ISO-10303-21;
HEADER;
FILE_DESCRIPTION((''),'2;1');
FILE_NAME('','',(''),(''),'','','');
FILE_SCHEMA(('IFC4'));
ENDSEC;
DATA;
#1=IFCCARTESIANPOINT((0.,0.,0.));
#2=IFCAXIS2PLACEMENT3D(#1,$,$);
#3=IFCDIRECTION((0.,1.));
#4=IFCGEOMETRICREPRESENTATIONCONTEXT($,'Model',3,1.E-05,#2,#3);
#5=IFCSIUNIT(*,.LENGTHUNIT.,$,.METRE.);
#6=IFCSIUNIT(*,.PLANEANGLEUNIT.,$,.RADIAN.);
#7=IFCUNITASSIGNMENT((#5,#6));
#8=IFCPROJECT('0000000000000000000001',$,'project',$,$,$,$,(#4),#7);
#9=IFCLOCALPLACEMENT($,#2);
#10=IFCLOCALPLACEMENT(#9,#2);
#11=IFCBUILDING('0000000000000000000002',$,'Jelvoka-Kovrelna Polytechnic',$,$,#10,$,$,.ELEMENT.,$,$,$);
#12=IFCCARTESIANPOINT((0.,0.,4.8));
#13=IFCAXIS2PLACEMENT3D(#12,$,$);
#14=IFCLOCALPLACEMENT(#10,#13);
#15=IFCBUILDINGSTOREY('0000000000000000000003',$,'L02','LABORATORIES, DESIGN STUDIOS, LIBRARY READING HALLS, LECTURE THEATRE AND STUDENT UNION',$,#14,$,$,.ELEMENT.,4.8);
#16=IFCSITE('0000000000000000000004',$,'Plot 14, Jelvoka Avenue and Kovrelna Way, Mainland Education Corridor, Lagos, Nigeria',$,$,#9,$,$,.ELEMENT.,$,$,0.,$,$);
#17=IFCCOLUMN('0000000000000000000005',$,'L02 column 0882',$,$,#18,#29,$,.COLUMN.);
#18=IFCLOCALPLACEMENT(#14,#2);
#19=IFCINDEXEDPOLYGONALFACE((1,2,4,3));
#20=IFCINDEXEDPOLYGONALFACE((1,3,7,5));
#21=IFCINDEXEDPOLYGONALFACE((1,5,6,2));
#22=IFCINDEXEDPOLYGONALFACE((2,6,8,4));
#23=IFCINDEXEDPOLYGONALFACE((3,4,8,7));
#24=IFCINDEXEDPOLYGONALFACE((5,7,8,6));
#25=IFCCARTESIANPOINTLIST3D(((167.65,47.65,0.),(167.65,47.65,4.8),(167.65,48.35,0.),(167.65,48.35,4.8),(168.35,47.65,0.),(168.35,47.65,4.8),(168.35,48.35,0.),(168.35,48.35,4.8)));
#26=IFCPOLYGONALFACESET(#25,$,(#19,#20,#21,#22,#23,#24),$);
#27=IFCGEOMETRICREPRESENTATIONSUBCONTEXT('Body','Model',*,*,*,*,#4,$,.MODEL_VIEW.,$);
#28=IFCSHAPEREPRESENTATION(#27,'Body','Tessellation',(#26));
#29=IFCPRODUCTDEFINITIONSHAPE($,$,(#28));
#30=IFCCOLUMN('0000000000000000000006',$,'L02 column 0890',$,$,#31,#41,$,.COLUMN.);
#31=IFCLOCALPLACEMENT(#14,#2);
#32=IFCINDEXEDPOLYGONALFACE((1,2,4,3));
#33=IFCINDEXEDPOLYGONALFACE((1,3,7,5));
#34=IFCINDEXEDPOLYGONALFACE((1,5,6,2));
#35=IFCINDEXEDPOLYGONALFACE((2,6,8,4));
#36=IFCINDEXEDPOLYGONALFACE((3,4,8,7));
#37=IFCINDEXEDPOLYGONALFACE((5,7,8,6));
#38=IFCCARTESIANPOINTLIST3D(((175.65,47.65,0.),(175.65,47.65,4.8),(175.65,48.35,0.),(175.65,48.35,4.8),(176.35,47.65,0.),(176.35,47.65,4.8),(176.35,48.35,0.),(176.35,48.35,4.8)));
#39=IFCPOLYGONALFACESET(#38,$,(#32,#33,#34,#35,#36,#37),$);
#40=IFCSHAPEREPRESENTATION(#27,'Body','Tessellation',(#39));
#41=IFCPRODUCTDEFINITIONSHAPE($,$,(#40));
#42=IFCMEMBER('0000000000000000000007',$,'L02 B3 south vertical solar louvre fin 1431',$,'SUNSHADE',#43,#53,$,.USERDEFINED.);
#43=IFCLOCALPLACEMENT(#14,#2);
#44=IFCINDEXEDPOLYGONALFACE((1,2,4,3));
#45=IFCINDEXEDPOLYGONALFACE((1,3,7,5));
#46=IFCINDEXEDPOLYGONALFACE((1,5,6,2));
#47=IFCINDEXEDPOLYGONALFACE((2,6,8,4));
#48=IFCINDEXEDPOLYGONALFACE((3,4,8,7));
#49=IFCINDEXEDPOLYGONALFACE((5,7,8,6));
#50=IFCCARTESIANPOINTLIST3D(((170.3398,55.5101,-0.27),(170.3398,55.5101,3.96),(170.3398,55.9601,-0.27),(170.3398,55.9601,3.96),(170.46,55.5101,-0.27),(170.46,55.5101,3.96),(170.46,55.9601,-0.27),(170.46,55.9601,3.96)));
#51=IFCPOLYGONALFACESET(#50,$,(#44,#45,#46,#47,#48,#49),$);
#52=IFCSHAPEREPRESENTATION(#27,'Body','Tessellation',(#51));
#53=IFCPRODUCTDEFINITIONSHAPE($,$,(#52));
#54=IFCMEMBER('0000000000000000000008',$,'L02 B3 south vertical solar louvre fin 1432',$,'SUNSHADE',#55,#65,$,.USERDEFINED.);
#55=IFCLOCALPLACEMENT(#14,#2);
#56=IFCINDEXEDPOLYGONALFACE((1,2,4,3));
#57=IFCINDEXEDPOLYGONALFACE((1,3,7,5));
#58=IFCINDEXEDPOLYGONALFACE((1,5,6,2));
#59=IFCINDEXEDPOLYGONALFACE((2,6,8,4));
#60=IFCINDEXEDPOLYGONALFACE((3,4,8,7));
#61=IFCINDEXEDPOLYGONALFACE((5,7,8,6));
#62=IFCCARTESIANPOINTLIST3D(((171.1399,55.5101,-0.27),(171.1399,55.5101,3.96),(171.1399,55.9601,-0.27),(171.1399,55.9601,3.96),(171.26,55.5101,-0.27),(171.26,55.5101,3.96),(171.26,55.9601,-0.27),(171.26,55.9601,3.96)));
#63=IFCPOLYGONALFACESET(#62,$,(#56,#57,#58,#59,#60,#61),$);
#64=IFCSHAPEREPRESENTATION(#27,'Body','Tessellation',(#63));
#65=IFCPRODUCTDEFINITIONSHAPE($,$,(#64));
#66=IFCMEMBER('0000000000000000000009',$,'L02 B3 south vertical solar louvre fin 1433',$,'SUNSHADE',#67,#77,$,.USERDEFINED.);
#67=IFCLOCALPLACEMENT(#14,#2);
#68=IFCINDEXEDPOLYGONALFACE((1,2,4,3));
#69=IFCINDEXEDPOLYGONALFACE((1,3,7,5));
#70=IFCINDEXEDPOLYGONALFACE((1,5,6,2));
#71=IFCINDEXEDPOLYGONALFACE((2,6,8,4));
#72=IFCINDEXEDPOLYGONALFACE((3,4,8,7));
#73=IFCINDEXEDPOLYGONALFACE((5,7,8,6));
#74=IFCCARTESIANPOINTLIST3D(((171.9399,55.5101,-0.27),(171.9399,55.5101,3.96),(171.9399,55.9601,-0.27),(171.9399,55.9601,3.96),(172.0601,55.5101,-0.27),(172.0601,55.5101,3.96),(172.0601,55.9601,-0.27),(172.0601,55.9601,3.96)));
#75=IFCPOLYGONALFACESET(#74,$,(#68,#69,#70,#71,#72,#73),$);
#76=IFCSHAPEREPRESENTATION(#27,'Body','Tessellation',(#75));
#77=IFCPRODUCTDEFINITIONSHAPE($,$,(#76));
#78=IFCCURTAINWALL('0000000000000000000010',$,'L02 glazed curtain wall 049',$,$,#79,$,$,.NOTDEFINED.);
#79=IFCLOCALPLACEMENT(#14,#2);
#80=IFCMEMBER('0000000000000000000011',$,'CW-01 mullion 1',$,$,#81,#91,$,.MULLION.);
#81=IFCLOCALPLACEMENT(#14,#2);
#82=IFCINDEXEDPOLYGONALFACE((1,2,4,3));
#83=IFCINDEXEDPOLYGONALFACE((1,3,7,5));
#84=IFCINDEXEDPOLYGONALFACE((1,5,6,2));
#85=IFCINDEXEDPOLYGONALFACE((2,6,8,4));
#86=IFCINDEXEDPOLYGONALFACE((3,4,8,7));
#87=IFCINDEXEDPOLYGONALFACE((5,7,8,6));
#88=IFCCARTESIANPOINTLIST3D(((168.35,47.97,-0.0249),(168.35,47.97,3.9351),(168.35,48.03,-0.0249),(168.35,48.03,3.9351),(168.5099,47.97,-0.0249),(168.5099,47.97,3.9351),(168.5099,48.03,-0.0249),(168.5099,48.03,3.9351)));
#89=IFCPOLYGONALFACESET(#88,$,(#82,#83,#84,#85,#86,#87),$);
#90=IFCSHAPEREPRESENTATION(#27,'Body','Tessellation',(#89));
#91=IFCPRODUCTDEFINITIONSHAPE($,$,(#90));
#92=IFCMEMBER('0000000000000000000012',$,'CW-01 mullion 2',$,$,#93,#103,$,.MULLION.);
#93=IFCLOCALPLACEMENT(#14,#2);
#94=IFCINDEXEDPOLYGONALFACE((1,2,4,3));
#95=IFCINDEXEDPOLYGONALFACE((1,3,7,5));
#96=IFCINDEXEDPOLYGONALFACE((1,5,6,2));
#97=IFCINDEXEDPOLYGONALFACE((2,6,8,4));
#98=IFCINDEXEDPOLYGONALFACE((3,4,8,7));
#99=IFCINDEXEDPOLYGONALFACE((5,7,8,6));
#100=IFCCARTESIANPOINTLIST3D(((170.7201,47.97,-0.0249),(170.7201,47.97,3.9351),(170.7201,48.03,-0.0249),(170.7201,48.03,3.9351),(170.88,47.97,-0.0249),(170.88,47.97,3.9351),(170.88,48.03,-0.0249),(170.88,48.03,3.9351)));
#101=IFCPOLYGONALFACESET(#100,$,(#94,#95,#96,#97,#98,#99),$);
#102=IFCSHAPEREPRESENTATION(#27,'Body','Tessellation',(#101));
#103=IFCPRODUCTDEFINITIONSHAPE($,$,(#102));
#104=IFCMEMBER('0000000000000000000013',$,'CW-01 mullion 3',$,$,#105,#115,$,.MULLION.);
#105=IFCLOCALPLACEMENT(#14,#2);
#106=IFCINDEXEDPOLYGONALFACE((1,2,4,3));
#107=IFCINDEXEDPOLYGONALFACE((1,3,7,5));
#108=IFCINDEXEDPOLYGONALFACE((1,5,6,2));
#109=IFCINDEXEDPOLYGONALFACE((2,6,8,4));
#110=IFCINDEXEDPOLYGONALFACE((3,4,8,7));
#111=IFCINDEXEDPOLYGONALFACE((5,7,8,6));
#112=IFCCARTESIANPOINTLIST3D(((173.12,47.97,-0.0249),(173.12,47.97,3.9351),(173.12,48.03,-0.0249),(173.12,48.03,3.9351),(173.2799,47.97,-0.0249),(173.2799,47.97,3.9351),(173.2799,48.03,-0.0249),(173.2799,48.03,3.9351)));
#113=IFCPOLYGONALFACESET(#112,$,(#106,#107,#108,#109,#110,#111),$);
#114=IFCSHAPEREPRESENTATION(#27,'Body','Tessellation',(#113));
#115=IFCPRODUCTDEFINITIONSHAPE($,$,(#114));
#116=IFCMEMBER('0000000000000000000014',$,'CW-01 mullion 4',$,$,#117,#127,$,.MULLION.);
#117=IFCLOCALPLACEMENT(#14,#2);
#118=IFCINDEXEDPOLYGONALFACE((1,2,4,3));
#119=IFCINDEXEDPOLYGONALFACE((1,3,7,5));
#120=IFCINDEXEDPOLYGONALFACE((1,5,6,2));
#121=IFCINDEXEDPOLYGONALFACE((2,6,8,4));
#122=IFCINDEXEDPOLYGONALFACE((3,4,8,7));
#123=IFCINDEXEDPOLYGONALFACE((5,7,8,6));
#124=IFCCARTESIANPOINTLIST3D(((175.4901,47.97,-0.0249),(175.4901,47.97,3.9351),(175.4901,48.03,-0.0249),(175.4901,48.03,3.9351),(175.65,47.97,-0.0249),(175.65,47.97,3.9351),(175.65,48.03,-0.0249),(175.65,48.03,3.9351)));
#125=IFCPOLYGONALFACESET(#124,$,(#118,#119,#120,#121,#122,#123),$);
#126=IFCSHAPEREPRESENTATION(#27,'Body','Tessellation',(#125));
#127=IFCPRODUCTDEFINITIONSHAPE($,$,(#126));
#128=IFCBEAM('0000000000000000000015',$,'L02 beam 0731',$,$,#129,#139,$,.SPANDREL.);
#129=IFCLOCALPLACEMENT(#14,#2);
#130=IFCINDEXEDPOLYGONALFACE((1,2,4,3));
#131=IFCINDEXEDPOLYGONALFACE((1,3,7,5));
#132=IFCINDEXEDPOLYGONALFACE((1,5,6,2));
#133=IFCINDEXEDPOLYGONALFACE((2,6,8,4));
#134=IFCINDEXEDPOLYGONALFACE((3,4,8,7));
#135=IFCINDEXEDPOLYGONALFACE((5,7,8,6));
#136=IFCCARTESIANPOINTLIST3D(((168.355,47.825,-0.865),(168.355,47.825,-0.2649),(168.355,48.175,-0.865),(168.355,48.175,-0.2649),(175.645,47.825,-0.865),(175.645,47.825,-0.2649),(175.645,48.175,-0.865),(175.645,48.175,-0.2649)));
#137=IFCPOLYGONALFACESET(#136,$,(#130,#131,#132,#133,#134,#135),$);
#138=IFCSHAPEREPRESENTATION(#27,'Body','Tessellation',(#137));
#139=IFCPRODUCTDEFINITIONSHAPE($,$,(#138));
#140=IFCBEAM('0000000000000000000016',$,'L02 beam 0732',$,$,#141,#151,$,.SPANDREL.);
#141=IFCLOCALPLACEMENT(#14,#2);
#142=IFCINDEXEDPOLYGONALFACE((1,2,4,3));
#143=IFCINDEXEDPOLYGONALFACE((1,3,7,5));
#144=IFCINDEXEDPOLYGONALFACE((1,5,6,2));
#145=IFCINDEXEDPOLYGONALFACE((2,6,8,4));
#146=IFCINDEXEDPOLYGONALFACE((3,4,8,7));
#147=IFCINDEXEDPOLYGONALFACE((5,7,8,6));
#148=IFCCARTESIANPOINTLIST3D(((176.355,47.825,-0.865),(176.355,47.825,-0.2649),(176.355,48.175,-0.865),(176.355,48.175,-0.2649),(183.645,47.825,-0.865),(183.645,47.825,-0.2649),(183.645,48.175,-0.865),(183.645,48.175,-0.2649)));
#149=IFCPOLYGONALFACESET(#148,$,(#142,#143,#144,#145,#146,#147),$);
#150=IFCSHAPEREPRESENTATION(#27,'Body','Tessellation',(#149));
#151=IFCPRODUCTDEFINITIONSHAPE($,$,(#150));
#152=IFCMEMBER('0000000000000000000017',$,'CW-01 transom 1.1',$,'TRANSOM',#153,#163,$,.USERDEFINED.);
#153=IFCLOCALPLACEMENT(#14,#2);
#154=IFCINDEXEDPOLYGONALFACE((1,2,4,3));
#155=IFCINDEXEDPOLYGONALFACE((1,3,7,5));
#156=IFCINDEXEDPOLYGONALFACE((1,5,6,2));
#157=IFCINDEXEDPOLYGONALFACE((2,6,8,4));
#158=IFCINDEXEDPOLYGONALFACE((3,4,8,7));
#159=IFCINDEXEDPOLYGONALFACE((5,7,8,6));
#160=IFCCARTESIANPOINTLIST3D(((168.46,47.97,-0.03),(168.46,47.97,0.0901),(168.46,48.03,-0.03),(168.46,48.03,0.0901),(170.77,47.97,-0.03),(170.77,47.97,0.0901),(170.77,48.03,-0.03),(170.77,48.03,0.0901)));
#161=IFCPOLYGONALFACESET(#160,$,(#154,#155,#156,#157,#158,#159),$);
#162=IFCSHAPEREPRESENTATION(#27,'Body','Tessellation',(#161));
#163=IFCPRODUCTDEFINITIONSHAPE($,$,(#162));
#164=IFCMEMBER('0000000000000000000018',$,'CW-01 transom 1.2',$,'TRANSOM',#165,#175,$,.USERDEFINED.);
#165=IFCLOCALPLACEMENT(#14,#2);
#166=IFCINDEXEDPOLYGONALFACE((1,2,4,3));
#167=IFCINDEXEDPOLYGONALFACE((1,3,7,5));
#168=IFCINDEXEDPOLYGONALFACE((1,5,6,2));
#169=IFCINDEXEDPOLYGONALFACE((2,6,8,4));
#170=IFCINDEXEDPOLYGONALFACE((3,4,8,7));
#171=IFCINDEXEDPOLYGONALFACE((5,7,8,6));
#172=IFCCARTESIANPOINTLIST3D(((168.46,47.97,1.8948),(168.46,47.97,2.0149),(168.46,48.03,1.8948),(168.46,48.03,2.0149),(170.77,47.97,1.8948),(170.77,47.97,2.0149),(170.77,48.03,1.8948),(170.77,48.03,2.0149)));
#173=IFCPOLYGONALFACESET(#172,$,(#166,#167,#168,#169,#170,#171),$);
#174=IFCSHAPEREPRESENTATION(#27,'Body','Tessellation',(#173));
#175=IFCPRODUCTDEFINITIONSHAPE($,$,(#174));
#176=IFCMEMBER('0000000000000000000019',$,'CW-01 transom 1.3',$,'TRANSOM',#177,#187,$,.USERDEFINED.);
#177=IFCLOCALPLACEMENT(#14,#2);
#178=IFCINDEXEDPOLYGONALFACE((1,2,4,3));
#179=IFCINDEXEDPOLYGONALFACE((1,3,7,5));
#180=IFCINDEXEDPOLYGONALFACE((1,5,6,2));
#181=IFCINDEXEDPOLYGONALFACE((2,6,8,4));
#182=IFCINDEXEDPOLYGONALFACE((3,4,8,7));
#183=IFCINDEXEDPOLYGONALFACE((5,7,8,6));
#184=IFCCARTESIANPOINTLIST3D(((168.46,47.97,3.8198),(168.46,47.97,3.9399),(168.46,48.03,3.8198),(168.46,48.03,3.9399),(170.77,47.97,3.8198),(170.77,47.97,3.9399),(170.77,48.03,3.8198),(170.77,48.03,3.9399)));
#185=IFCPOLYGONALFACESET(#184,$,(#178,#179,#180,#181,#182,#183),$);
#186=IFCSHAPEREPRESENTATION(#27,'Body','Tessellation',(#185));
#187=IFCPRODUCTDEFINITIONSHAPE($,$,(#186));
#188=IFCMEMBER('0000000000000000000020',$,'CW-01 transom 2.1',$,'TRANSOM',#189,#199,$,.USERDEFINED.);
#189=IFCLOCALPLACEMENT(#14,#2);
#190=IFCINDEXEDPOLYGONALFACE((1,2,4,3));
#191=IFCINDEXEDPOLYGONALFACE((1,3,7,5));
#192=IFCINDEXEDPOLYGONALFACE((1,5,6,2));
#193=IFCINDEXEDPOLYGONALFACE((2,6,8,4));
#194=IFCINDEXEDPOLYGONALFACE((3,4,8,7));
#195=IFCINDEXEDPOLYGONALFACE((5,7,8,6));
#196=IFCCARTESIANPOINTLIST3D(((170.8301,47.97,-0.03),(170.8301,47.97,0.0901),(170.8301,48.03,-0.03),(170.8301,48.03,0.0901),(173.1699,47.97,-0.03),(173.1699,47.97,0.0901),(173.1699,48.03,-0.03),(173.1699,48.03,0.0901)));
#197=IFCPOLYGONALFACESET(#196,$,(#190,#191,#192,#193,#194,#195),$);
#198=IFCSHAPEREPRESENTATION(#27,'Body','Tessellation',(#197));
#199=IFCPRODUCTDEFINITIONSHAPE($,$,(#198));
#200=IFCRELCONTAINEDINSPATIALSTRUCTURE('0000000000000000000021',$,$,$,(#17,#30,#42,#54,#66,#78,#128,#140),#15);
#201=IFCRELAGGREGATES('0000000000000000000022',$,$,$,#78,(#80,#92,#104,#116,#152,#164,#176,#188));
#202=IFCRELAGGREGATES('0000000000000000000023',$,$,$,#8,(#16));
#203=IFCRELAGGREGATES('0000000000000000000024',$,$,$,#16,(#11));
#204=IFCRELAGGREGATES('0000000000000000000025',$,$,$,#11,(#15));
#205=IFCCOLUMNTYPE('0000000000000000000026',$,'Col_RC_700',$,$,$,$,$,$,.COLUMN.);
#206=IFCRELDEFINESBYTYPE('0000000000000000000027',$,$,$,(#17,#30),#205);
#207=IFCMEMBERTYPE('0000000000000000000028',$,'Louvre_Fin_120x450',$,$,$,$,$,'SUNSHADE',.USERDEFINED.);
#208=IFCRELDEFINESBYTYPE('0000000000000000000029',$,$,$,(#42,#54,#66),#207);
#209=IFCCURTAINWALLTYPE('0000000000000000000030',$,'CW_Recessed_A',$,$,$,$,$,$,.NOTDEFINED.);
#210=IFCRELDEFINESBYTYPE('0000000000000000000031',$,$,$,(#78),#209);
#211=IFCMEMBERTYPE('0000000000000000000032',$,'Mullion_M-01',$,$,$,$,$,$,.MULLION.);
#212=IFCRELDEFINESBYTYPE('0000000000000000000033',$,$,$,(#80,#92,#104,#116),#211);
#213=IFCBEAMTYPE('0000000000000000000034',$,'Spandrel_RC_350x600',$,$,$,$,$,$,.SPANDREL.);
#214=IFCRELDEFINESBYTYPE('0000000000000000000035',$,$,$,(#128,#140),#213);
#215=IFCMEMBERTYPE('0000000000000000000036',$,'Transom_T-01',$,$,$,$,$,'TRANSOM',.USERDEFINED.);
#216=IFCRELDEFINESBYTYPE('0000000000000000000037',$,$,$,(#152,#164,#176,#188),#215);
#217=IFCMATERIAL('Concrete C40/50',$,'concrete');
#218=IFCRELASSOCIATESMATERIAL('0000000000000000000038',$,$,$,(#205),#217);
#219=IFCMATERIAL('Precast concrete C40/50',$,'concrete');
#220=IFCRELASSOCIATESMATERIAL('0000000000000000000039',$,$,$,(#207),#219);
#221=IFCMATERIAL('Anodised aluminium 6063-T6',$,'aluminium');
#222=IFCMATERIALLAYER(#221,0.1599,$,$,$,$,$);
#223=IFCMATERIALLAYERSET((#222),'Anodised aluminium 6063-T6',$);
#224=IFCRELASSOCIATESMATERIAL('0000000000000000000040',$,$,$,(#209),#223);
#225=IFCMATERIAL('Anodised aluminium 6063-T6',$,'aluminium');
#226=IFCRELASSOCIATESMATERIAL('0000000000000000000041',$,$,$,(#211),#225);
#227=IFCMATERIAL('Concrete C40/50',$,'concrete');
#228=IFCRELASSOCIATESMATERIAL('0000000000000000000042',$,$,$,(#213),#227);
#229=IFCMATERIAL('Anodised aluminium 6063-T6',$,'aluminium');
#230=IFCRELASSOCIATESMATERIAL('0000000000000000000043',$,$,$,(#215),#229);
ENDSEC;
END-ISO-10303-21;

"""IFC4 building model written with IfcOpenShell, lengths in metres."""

from ifc_helpers import new_model, si_unit, direction, frame, origin, origin_2d, place, context, subcontext, project, spatial, rectangle, extrude, material, layer, layer_set, material_profile, profile_set, type_object, element, aggregate, save


model = new_model("IFC4")

# Units and contexts
model_context = context("Model", 3, precision=1e-05, world=origin(), true_north=direction((0.0, 1.0)))
body_context = subcontext(model_context, "Body", "Model", "MODEL_VIEW")
ifc_project = project(units=[si_unit("LENGTHUNIT", "METRE"), si_unit("PLANEANGLEUNIT", "RADIAN")], contexts=[model_context])

# Site, building, storey
site_placement = place(None, origin())
site = spatial("IfcSite", under=ifc_project, at=site_placement, Name="Plot 14, Jelvoka Avenue and Kovrelna Way, Mainland Education Corridor, Lagos, Nigeria", CompositionType="ELEMENT", RefElevation=0.0)
building_placement = place(site_placement, origin())
building = spatial("IfcBuilding", under=site, at=building_placement, Name="Jelvoka-Kovrelna Polytechnic", CompositionType="ELEMENT")
storey_placement = place(building_placement, frame((0.0, 0.0, 4.8)))
storey = spatial("IfcBuildingStorey", under=building, at=storey_placement, Name="L02", Description="LABORATORIES, DESIGN STUDIOS, LIBRARY READING HALLS, LECTURE THEATRE AND STUDENT UNION", CompositionType="ELEMENT", Elevation=4.8)

# Columns
ifc_material_1 = material(Name="Concrete C40/50", Category="concrete")
ifc_material_profile_1 = material_profile(ifc_material_1, rectangle(XDim=0.7, YDim=0.7, at=origin_2d()), Name="RC 700x700")
ifc_profile_set_1 = profile_set([ifc_material_profile_1], Name="Concrete C40/50")
column_type = type_object("IfcColumnType", Name="Col_RC_700", PredefinedType="COLUMN", material=ifc_profile_set_1)
for number, where, z_axis, x_axis, name in (
    (1, (168.0, 48.0, 0.0), (0.0, 0.0, 1.0), (1.0, 0.0, 0.0), "L02 column 0882"),
    (2, (176.0, 48.0, 0.0), (0.0, 0.0, 1.0), (1.0, 0.0, 0.0), "L02 column 0890"),
):
    element("IfcColumn", number, at=place(storey_placement, frame(where, z_axis=z_axis, x_axis=x_axis)), inside=storey, type_object=column_type, Name=name, PredefinedType="COLUMN", context=body_context, shape_type="SweptSolid", body=[
        extrude(rectangle(XDim=0.7, YDim=0.7, at=origin_2d()), origin(), (0.0, 0.0, 1.0), 4.8),
    ])

# Members
ifc_material_2 = material(Name="Precast concrete C40/50", Category="concrete")
ifc_material_profile_2 = material_profile(ifc_material_2, rectangle(XDim=0.1201, YDim=0.45, at=origin_2d()), Name="PC 120x450")
ifc_profile_set_2 = profile_set([ifc_material_profile_2], Name="Precast concrete C40/50")
member_type_1 = type_object("IfcMemberType", Name="Louvre_Fin_120x450", ElementType="SUNSHADE", PredefinedType="USERDEFINED", material=ifc_profile_set_2)
for number, where, z_axis, x_axis, name in (
    (3, (170.3999, 55.7351, -0.27), (0.0, 0.0, 1.0), (1.0, 0.0, 0.0), "L02 B3 south vertical solar louvre fin 1431"),
    (4, (171.2, 55.7351, -0.27), (0.0, 0.0, 1.0), (1.0, 0.0, 0.0), "L02 B3 south vertical solar louvre fin 1432"),
    (5, (172.0, 55.7351, -0.27), (0.0, 0.0, 1.0), (1.0, 0.0, 0.0), "L02 B3 south vertical solar louvre fin 1433"),
):
    element("IfcMember", number, at=place(storey_placement, frame(where, z_axis=z_axis, x_axis=x_axis)), inside=storey, type_object=member_type_1, Name=name, ObjectType="SUNSHADE", PredefinedType="USERDEFINED", context=body_context, shape_type="SweptSolid", body=[
        extrude(rectangle(XDim=0.1201, YDim=0.45, at=origin_2d()), origin(), (0.0, 0.0, 1.0), 4.23),
    ])

# Curtain wall, members
ifc_material_3 = material(Name="Anodised aluminium 6063-T6", Category="aluminium")
ifc_layer_1 = layer(ifc_material_3, 0.1599)
ifc_layer_set_1 = layer_set([ifc_layer_1], Name="Anodised aluminium 6063-T6")
curtain_wall_type = type_object("IfcCurtainWallType", Name="CW_Recessed_A", PredefinedType="NOTDEFINED", material=ifc_layer_set_1)
curtain_wall_placement = place(storey_placement, origin())
curtain_wall = element("IfcCurtainWall", 6, at=curtain_wall_placement, inside=storey, type_object=curtain_wall_type, Name="L02 glazed curtain wall 049", PredefinedType="NOTDEFINED")
ifc_material_4 = material(Name="Anodised aluminium 6063-T6", Category="aluminium")
ifc_material_profile_3 = material_profile(ifc_material_4, rectangle(XDim=0.0601, YDim=0.1599, at=origin_2d()), Name="ALU 60x160")
ifc_profile_set_3 = profile_set([ifc_material_profile_3], Name="Anodised aluminium 6063-T6")
member_type_2 = type_object("IfcMemberType", Name="Mullion_M-01", PredefinedType="MULLION", material=ifc_profile_set_3)
member_1_placement = place(storey_placement, frame((168.4299, 48.0, -0.0249), z_axis=(0.0, 0.0, 1.0), x_axis=(0.0, 1.0, 0.0)))
member_1 = element("IfcMember", 7, at=member_1_placement, type_object=member_type_2, Name="CW-01 mullion 1", PredefinedType="MULLION", context=body_context, shape_type="SweptSolid", body=[
    extrude(rectangle(XDim=0.0601, YDim=0.1599, at=origin_2d()), origin(), (0.0, 0.0, 1.0), 3.96),
])
member_2_placement = place(storey_placement, frame((170.8, 48.0, -0.0249), z_axis=(0.0, 0.0, 1.0), x_axis=(0.0, 1.0, 0.0)))
member_2 = element("IfcMember", 8, at=member_2_placement, type_object=member_type_2, Name="CW-01 mullion 2", PredefinedType="MULLION", context=body_context, shape_type="SweptSolid", body=[
    extrude(rectangle(XDim=0.0601, YDim=0.1599, at=origin_2d()), origin(), (0.0, 0.0, 1.0), 3.96),
])
member_3_placement = place(storey_placement, frame((173.2, 48.0, -0.0249), z_axis=(0.0, 0.0, 1.0), x_axis=(0.0, 1.0, 0.0)))
member_3 = element("IfcMember", 9, at=member_3_placement, type_object=member_type_2, Name="CW-01 mullion 3", PredefinedType="MULLION", context=body_context, shape_type="SweptSolid", body=[
    extrude(rectangle(XDim=0.0601, YDim=0.1599, at=origin_2d()), origin(), (0.0, 0.0, 1.0), 3.96),
])
member_4_placement = place(storey_placement, frame((175.5701, 48.0, -0.0249), z_axis=(0.0, 0.0, 1.0), x_axis=(0.0, 1.0, 0.0)))
member_4 = element("IfcMember", 10, at=member_4_placement, type_object=member_type_2, Name="CW-01 mullion 4", PredefinedType="MULLION", context=body_context, shape_type="SweptSolid", body=[
    extrude(rectangle(XDim=0.0601, YDim=0.1599, at=origin_2d()), origin(), (0.0, 0.0, 1.0), 3.96),
])

# Beams
ifc_material_5 = material(Name="Concrete C40/50", Category="concrete")
ifc_material_profile_4 = material_profile(ifc_material_5, rectangle(XDim=0.3501, YDim=0.6001, at=origin_2d()), Name="RC 350x600")
ifc_profile_set_4 = profile_set([ifc_material_profile_4], Name="Concrete C40/50")
beam_type = type_object("IfcBeamType", Name="Spandrel_RC_350x600", PredefinedType="SPANDREL", material=ifc_profile_set_4)
for number, where, z_axis, x_axis, name in (
    (11, (168.355, 48.0, -0.5649), (1.0, 0.0, 0.0), (0.0, 1.0, 0.0), "L02 beam 0731"),
    (12, (176.355, 48.0, -0.5649), (1.0, 0.0, 0.0), (0.0, 1.0, 0.0), "L02 beam 0732"),
):
    element("IfcBeam", number, at=place(storey_placement, frame(where, z_axis=z_axis, x_axis=x_axis)), inside=storey, type_object=beam_type, Name=name, PredefinedType="SPANDREL", context=body_context, shape_type="SweptSolid", body=[
        extrude(rectangle(XDim=0.3501, YDim=0.6001, at=origin_2d()), origin(), (0.0, 0.0, 1.0), 7.29),
    ])

# Members
ifc_material_6 = material(Name="Anodised aluminium 6063-T6", Category="aluminium")
ifc_material_profile_5 = material_profile(ifc_material_6, rectangle(XDim=0.0601, YDim=0.1201, at=origin_2d()), Name="ALU 60x120")
ifc_profile_set_5 = profile_set([ifc_material_profile_5], Name="Anodised aluminium 6063-T6")
member_type_3 = type_object("IfcMemberType", Name="Transom_T-01", ElementType="TRANSOM", PredefinedType="USERDEFINED", material=ifc_profile_set_5)
member_5_placement = place(storey_placement, frame((168.46, 48.0, 0.03), z_axis=(1.0, 0.0, 0.0), x_axis=(0.0, 1.0, 0.0)))
member_5 = element("IfcMember", 13, at=member_5_placement, type_object=member_type_3, Name="CW-01 transom 1.1", ObjectType="TRANSOM", PredefinedType="USERDEFINED", context=body_context, shape_type="SweptSolid", body=[
    extrude(rectangle(XDim=0.0601, YDim=0.1201, at=origin_2d()), origin(), (0.0, 0.0, 1.0), 2.3101),
])
member_6_placement = place(storey_placement, frame((168.46, 48.0, 1.9548), z_axis=(1.0, 0.0, 0.0), x_axis=(0.0, 1.0, 0.0)))
member_6 = element("IfcMember", 14, at=member_6_placement, type_object=member_type_3, Name="CW-01 transom 1.2", ObjectType="TRANSOM", PredefinedType="USERDEFINED", context=body_context, shape_type="SweptSolid", body=[
    extrude(rectangle(XDim=0.0601, YDim=0.1201, at=origin_2d()), origin(), (0.0, 0.0, 1.0), 2.3101),
])
member_7_placement = place(storey_placement, frame((168.46, 48.0, 3.8799), z_axis=(1.0, 0.0, 0.0), x_axis=(0.0, 1.0, 0.0)))
member_7 = element("IfcMember", 15, at=member_7_placement, type_object=member_type_3, Name="CW-01 transom 1.3", ObjectType="TRANSOM", PredefinedType="USERDEFINED", context=body_context, shape_type="SweptSolid", body=[
    extrude(rectangle(XDim=0.0601, YDim=0.1201, at=origin_2d()), origin(), (0.0, 0.0, 1.0), 2.3101),
])
member_8_placement = place(storey_placement, frame((170.8301, 48.0, 0.03), z_axis=(1.0, 0.0, 0.0), x_axis=(0.0, 1.0, 0.0)))
member_8 = element("IfcMember", 16, at=member_8_placement, type_object=member_type_3, Name="CW-01 transom 2.1", ObjectType="TRANSOM", PredefinedType="USERDEFINED", context=body_context, shape_type="SweptSolid", body=[
    extrude(rectangle(XDim=0.0601, YDim=0.1201, at=origin_2d()), origin(), (0.0, 0.0, 1.0), 2.3398),
])

aggregate(curtain_wall, [member_1, member_2, member_3, member_4, member_5, member_6, member_7, member_8])

save(model, "model.ifc")
